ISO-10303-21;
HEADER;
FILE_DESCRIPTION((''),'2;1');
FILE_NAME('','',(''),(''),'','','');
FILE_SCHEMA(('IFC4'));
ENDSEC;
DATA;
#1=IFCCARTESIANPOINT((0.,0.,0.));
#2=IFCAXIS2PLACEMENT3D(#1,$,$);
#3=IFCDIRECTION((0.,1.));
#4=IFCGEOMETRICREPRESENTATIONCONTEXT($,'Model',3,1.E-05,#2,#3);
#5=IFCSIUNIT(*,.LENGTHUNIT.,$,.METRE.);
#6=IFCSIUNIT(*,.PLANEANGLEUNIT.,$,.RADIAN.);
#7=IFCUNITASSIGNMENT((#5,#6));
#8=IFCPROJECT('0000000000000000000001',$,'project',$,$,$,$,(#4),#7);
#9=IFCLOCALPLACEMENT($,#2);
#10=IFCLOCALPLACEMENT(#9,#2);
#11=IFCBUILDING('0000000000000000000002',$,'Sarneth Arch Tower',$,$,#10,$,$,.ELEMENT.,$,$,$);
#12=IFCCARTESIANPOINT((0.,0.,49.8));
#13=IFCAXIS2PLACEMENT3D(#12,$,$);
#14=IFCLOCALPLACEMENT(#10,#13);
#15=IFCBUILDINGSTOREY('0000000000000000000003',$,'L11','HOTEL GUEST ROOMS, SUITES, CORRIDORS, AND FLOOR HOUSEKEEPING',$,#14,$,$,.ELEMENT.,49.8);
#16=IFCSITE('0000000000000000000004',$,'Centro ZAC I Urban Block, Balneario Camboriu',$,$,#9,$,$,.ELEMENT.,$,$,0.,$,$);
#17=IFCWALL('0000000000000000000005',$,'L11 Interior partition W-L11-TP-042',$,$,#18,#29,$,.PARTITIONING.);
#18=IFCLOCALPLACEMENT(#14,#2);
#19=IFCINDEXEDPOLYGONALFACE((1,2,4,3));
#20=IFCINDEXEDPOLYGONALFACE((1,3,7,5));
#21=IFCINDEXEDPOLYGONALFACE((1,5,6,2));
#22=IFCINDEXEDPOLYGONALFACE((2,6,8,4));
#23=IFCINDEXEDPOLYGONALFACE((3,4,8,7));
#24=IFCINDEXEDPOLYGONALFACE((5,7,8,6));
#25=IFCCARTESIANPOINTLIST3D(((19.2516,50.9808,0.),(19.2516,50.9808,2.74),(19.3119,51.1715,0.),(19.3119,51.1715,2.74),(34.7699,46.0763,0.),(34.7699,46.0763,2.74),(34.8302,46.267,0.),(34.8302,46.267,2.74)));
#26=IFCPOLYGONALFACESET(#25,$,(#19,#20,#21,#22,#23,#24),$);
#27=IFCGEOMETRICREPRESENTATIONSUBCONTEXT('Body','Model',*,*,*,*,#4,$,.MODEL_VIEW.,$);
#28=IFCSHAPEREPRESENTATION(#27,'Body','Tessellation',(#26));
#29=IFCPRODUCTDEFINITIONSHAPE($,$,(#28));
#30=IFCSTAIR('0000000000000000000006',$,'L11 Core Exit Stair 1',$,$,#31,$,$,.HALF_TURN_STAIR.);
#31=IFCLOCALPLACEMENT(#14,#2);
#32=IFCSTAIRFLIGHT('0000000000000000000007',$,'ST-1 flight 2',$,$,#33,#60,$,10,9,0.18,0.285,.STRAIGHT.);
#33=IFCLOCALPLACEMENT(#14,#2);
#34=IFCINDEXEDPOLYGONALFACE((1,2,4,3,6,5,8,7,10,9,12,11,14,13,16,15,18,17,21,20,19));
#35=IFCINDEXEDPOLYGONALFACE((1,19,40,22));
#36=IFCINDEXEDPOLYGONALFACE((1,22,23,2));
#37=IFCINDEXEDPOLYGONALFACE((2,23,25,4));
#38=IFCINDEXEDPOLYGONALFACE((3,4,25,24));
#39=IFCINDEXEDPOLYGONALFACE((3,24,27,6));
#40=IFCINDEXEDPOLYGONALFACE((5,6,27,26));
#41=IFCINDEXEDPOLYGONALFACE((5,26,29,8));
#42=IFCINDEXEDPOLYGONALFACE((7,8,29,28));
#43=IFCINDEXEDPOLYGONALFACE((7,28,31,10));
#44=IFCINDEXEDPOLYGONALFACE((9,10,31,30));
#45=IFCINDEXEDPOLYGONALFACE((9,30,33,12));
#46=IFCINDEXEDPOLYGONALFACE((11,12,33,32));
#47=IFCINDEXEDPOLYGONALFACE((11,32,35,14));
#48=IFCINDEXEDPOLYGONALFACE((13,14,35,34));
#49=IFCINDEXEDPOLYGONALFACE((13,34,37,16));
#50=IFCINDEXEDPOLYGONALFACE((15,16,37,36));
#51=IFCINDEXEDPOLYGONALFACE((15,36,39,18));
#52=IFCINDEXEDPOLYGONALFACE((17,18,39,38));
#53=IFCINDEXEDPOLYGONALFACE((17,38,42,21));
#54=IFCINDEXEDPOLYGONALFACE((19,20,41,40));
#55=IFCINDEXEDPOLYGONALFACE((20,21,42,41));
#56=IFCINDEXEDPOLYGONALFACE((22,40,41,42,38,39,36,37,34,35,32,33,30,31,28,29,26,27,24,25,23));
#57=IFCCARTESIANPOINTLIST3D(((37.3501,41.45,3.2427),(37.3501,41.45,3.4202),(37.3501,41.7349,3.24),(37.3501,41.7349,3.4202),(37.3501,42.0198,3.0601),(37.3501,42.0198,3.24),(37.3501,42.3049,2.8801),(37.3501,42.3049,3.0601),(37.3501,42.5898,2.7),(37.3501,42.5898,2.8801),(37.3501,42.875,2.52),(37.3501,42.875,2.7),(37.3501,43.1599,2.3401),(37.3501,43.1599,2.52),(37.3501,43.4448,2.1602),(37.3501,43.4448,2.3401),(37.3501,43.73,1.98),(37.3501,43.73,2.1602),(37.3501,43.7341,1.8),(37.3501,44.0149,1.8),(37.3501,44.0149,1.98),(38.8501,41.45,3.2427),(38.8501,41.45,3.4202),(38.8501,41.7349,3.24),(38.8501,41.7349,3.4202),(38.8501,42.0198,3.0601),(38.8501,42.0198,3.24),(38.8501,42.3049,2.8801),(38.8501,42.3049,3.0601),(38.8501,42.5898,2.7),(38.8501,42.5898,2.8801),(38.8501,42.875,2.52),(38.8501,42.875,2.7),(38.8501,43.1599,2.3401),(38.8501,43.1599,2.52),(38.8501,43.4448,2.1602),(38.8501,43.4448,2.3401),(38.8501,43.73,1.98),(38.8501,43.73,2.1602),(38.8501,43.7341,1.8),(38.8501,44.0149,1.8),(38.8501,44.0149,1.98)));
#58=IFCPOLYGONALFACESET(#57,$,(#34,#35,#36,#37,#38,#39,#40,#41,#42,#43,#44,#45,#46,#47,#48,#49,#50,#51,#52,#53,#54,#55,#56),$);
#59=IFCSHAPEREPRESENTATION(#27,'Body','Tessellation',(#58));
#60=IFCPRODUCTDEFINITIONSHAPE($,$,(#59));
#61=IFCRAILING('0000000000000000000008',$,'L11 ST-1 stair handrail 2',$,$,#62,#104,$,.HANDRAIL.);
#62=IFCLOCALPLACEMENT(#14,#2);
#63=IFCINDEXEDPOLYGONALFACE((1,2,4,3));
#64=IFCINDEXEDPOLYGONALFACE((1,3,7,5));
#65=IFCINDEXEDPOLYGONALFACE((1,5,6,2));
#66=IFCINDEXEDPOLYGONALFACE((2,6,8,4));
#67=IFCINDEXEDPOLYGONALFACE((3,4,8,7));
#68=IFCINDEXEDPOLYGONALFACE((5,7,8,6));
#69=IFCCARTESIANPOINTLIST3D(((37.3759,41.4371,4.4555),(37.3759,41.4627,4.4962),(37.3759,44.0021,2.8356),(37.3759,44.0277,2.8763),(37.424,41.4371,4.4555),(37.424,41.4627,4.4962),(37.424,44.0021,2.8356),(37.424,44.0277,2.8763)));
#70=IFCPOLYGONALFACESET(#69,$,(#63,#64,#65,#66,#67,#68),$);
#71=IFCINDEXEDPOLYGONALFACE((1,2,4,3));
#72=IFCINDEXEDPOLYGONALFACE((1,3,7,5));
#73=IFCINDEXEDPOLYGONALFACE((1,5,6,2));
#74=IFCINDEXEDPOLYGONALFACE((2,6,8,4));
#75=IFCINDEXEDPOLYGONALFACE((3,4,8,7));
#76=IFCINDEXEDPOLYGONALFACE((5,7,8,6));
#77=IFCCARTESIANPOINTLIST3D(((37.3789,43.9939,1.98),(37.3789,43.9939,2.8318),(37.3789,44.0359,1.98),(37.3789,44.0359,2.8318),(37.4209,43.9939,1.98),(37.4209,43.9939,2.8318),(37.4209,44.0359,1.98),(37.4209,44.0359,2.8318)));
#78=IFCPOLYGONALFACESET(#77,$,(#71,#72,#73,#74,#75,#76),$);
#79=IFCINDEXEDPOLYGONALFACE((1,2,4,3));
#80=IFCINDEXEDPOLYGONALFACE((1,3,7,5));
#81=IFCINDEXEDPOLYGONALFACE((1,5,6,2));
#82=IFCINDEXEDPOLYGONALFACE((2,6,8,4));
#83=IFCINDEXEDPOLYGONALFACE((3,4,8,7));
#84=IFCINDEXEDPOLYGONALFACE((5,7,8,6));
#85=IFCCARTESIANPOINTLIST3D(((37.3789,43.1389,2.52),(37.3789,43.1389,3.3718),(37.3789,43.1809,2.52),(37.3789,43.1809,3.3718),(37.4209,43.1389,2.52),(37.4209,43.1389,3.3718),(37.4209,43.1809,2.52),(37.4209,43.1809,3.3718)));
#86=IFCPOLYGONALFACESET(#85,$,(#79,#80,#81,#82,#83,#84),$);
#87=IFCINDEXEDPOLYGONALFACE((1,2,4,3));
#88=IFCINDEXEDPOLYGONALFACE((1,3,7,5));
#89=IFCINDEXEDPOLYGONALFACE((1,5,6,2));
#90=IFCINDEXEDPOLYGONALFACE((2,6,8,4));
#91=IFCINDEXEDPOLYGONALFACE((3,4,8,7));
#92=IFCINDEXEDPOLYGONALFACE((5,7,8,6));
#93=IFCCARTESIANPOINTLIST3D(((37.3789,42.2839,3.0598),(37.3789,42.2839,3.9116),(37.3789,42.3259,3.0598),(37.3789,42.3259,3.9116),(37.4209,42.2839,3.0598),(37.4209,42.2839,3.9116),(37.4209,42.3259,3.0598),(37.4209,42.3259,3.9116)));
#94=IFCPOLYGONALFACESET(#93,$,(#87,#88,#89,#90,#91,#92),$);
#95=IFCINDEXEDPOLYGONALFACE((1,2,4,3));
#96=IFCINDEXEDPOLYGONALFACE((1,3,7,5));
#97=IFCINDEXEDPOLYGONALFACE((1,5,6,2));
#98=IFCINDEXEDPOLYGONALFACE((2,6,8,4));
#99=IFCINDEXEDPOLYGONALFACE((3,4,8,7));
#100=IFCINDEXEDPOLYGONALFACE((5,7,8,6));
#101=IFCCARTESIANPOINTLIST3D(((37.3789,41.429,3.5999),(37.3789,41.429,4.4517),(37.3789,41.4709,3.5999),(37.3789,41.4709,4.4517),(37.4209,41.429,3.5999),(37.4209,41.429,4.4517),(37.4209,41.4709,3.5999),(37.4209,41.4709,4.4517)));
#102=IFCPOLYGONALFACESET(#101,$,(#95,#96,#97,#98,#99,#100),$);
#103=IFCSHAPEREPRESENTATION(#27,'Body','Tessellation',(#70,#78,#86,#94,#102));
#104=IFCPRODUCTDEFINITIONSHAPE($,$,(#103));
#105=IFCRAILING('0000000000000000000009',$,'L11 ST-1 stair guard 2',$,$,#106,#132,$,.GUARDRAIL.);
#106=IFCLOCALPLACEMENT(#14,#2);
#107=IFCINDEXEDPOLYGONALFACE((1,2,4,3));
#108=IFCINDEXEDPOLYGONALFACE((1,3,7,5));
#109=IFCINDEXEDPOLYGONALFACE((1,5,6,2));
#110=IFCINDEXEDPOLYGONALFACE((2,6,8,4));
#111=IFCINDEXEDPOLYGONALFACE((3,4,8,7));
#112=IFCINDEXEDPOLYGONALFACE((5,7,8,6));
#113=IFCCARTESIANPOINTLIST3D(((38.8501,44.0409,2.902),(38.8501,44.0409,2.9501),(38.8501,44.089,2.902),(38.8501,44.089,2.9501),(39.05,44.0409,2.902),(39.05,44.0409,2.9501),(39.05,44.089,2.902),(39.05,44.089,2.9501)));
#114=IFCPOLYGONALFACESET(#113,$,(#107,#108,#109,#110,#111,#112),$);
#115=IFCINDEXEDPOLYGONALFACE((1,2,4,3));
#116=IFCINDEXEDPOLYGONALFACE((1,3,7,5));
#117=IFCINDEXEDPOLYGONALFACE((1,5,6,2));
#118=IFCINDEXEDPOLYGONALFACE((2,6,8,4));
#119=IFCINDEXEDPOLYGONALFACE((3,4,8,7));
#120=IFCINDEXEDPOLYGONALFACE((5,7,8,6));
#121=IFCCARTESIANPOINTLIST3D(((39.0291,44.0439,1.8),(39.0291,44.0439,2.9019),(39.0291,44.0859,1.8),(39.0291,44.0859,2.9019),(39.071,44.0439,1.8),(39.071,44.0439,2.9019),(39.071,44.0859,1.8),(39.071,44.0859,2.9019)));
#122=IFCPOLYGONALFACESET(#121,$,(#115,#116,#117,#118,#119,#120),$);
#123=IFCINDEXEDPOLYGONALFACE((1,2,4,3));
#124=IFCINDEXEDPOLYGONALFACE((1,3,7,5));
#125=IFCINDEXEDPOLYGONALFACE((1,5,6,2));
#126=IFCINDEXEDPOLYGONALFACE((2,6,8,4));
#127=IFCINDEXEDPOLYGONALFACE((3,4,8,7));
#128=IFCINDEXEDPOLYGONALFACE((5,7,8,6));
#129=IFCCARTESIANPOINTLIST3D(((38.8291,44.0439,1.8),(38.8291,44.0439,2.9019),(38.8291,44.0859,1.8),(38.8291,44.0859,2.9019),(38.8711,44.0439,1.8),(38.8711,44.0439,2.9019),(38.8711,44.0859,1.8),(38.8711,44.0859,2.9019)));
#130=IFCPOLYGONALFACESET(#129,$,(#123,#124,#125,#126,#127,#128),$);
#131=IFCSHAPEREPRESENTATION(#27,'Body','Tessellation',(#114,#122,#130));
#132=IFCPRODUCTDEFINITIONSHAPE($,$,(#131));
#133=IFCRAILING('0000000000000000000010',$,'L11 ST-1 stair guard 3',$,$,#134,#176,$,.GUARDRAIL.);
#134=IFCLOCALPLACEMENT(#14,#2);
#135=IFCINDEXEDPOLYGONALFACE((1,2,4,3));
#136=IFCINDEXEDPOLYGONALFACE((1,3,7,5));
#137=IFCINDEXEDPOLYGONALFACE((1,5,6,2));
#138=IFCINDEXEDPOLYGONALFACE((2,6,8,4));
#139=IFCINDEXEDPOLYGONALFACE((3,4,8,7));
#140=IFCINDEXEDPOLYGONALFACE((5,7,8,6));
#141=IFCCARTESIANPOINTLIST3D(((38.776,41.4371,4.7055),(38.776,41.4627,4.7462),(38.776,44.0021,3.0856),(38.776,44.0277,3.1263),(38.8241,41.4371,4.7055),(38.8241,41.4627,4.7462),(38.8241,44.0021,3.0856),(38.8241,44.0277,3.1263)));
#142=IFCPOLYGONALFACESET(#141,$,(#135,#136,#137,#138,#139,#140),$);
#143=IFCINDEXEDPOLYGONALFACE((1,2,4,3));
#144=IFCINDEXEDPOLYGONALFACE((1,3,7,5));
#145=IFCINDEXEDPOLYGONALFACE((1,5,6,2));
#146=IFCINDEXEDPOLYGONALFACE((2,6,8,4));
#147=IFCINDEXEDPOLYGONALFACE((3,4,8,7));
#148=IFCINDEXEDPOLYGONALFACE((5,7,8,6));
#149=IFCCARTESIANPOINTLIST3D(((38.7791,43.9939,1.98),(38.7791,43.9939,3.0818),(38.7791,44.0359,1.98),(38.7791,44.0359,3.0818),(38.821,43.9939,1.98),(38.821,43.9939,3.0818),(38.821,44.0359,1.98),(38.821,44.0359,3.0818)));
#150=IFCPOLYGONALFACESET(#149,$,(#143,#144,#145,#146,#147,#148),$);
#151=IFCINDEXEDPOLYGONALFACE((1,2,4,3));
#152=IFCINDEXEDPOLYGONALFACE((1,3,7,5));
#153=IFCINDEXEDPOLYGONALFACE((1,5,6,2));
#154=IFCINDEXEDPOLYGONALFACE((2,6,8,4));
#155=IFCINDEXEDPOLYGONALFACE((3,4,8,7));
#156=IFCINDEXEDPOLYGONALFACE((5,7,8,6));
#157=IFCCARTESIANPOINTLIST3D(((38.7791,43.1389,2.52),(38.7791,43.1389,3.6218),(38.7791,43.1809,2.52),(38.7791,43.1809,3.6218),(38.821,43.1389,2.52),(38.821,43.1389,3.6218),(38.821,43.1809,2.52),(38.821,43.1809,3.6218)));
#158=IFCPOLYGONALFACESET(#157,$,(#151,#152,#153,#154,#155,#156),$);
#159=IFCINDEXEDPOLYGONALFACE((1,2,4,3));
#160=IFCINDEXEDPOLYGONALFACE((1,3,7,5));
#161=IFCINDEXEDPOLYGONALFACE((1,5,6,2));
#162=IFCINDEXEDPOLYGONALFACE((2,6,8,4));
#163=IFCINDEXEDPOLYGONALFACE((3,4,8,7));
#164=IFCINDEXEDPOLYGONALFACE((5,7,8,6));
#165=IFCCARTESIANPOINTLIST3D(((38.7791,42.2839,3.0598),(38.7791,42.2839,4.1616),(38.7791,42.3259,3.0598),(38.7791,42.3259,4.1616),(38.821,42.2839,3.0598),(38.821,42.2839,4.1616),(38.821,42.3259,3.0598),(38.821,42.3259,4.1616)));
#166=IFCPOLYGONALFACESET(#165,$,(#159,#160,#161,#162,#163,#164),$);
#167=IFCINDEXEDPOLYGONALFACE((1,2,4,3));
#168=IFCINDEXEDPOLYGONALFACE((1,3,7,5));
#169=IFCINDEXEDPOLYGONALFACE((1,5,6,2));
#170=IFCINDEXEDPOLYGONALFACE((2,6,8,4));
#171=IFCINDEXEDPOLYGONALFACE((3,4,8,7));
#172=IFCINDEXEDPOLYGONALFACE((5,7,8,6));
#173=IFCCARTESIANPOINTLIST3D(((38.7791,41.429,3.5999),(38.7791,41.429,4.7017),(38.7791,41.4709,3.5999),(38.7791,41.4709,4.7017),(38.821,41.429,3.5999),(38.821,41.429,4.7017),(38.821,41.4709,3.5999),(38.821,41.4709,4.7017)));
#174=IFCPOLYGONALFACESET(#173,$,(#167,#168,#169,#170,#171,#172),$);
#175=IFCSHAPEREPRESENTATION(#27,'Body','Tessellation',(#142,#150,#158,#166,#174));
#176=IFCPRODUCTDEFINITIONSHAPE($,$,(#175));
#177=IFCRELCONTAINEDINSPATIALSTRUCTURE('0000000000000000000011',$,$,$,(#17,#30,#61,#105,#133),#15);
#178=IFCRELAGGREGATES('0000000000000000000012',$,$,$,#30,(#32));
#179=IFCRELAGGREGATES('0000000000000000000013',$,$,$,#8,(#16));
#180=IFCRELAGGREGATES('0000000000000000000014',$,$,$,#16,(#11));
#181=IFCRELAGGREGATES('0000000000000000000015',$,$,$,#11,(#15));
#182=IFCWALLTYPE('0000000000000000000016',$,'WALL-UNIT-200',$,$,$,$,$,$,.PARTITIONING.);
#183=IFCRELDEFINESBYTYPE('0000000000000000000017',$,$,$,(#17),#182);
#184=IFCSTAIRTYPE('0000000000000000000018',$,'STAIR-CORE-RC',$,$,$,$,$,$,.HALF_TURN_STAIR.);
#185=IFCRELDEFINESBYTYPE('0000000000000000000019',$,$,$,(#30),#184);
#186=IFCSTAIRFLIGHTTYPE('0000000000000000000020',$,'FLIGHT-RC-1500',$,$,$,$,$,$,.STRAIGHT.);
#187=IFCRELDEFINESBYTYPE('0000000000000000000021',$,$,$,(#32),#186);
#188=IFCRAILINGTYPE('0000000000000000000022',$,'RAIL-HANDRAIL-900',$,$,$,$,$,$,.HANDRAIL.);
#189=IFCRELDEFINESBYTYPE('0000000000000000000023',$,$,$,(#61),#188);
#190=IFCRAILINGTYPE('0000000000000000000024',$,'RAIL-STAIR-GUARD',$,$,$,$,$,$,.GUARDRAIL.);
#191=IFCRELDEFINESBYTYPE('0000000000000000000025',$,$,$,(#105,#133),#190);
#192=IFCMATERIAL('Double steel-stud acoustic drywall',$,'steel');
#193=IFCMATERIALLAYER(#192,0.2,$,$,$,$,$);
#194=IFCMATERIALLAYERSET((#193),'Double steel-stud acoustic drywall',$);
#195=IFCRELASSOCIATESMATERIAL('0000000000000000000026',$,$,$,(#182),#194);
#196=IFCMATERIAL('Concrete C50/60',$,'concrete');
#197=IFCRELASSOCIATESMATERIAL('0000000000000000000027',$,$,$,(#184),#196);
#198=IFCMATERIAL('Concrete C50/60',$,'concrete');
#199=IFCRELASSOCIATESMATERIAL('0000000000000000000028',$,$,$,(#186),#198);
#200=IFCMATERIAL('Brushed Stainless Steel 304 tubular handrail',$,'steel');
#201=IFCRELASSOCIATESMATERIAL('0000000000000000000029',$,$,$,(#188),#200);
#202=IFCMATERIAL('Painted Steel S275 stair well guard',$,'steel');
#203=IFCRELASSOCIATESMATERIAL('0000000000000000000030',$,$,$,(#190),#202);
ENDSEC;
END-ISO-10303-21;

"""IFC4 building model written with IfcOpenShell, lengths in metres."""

from ifc_helpers import new_model, si_unit, direction, frame, frame_2d, origin, origin_2d, place, context, subcontext, project, spatial, polyline, rectangle, outline, extrude, material, layer, layer_set, type_object, element, aggregate, save


model = new_model("IFC4")

# Units and contexts
model_context = context("Model", 3, precision=1e-05, world=origin(), true_north=direction((0.0, 1.0)))
body_context = subcontext(model_context, "Body", "Model", "MODEL_VIEW")
ifc_project = project(units=[si_unit("LENGTHUNIT", "METRE"), si_unit("PLANEANGLEUNIT", "RADIAN")], contexts=[model_context])

# Site, building, storey
site_placement = place(None, origin())
site = spatial("IfcSite", under=ifc_project, at=site_placement, Name="Centro ZAC I Urban Block, Balneario Camboriu", CompositionType="ELEMENT", RefElevation=0.0)
building_placement = place(site_placement, origin())
building = spatial("IfcBuilding", under=site, at=building_placement, Name="Sarneth Arch Tower", CompositionType="ELEMENT")
storey_placement = place(building_placement, frame((0.0, 0.0, 49.8)))
storey = spatial("IfcBuildingStorey", under=building, at=storey_placement, Name="L11", Description="HOTEL GUEST ROOMS, SUITES, CORRIDORS, AND FLOOR HOUSEKEEPING", CompositionType="ELEMENT", Elevation=49.8)

# Wall
ifc_material_1 = material(Name="Double steel-stud acoustic drywall", Category="steel")
ifc_layer_1 = layer(ifc_material_1, 0.2)
ifc_layer_set_1 = layer_set([ifc_layer_1], Name="Double steel-stud acoustic drywall")
wall_type_1 = type_object("IfcWallType", Name="WALL-UNIT-200", PredefinedType="PARTITIONING", material=ifc_layer_set_1)
wall_1_placement = place(storey_placement, frame((34.8, 46.1716, 0.0), z_axis=(0.0, 0.0, 1.0), x_axis=(-0.953512, 0.301356, 0.0)))
element("IfcWall", 1, at=wall_1_placement, inside=storey, type_object=wall_type_1, Name="L11 Interior partition W-L11-TP-042", PredefinedType="PARTITIONING", context=body_context, shape_type="SweptSolid", body=[
    extrude(rectangle(XDim=16.2749, YDim=0.2, at=frame_2d((8.1375, 0.0))), origin(), (0.0, 0.0, 1.0), 2.74),
])

# Stair, stair flight
ifc_material_2 = material(Name="Concrete C50/60", Category="concrete")
stair_type = type_object("IfcStairType", Name="STAIR-CORE-RC", PredefinedType="HALF_TURN_STAIR", material=ifc_material_2)
stair_placement = place(storey_placement, origin())
stair = element("IfcStair", 2, at=stair_placement, inside=storey, type_object=stair_type, Name="L11 Core Exit Stair 1", PredefinedType="HALF_TURN_STAIR")
ifc_material_3 = material(Name="Concrete C50/60", Category="concrete")
stair_flight_type = type_object("IfcStairFlightType", Name="FLIGHT-RC-1500", PredefinedType="STRAIGHT", material=ifc_material_3)
stair_flight_placement = place(storey_placement, frame((38.1001, 44.0149, 1.8), z_axis=(0.0, 0.0, 1.0), x_axis=(0.0, -1.0, 0.0)))
stair_flight = element("IfcStairFlight", 3, at=stair_flight_placement, type_object=stair_flight_type, Name="ST-1 flight 2", NumberOfRisers=10, NumberOfTreads=9, PredefinedType="STRAIGHT", RiserHeight=0.18, TreadLength=0.285, context=body_context, shape_type="SweptSolid", body=[
    extrude(outline(polyline([(0.0, 0.0), (0.0, 0.1799), (0.2849, 0.1799), (0.2849, 0.3601), (0.5701, 0.3601), (0.5701, 0.54), (0.855, 0.54), (0.855, 0.72), (1.1399, 0.72), (1.1399, 0.8999), (1.425, 0.8999), (1.425, 1.0801), (1.71, 1.0801), (1.71, 1.26), (1.9951, 1.26), (1.9951, 1.4399), (2.28, 1.4399), (2.28, 1.6201), (2.5649, 1.6201), (2.5649, 1.8), (2.5649, 1.4426), (0.2808, 0.0), (0.0, 0.0)])), frame((0.0, 0.75, 0.0), z_axis=(0.0, -1.0, 0.0), x_axis=(1.0, 0.0, 0.0)), (0.0, 0.0, 1.0), 1.5),
])
aggregate(stair, [stair_flight])

# Railings
ifc_material_4 = material(Name="Brushed Stainless Steel 304 tubular handrail", Category="steel")
railing_type_1 = type_object("IfcRailingType", Name="RAIL-HANDRAIL-900", PredefinedType="HANDRAIL", material=ifc_material_4)
railing_1_placement = place(storey_placement, frame((37.3999, 44.0149, 1.98)))
element("IfcRailing", 4, at=railing_1_placement, inside=storey, type_object=railing_type_1, Name="L11 ST-1 stair handrail 2", PredefinedType="HANDRAIL", context=body_context, shape_type="SweptSolid", body=[
    extrude(rectangle(XDim=0.0481, YDim=0.0481, at=origin_2d()), frame((0.0, 0.0, 0.876), z_axis=(0.0, -0.845502, 0.533972), x_axis=(1.0, 0.0, 0.0)), (0.0, 0.0, 1.0), 3.0337),
    extrude(rectangle(XDim=0.042, YDim=0.042, at=origin_2d()), origin(), (0.0, 0.0, 1.0), 0.8518),
    extrude(rectangle(XDim=0.042, YDim=0.042, at=origin_2d()), frame((0.0, -0.855, 0.54)), (0.0, 0.0, 1.0), 0.8518),
    extrude(rectangle(XDim=0.042, YDim=0.042, at=origin_2d()), frame((0.0, -1.71, 1.0798)), (0.0, 0.0, 1.0), 0.8518),
    extrude(rectangle(XDim=0.042, YDim=0.042, at=origin_2d()), frame((0.0, -2.5649, 1.6199)), (0.0, 0.0, 1.0), 0.8518),
])
ifc_material_5 = material(Name="Painted Steel S275 stair well guard", Category="steel")
railing_type_2 = type_object("IfcRailingType", Name="RAIL-STAIR-GUARD", PredefinedType="GUARDRAIL", material=ifc_material_5)
railing_2_placement = place(storey_placement, frame((39.05, 44.0649, 1.8)))
element("IfcRailing", 5, at=railing_2_placement, inside=storey, type_object=railing_type_2, Name="L11 ST-1 stair guard 2", PredefinedType="GUARDRAIL", context=body_context, shape_type="SweptSolid", body=[
    extrude(rectangle(XDim=0.0481, YDim=0.0481, at=origin_2d()), frame((0.0, 0.0, 1.126), z_axis=(-1.0, 0.0, 0.0), x_axis=(0.0, -1.0, 0.0)), (0.0, 0.0, 1.0), 0.2),
    extrude(rectangle(XDim=0.042, YDim=0.042, at=origin_2d()), origin(), (0.0, 0.0, 1.0), 1.1018),
    extrude(rectangle(XDim=0.042, YDim=0.042, at=origin_2d()), frame((-0.2, 0.0, 0.0)), (0.0, 0.0, 1.0), 1.1018),
])
railing_3_placement = place(storey_placement, frame((38.8, 44.0149, 1.98)))
element("IfcRailing", 6, at=railing_3_placement, inside=storey, type_object=railing_type_2, Name="L11 ST-1 stair guard 3", PredefinedType="GUARDRAIL", context=body_context, shape_type="SweptSolid", body=[
    extrude(rectangle(XDim=0.0481, YDim=0.0481, at=origin_2d()), frame((0.0, 0.0, 1.126), z_axis=(0.0, -0.845502, 0.533972), x_axis=(1.0, 0.0, 0.0)), (0.0, 0.0, 1.0), 3.0337),
    extrude(rectangle(XDim=0.042, YDim=0.042, at=origin_2d()), origin(), (0.0, 0.0, 1.0), 1.1018),
    extrude(rectangle(XDim=0.042, YDim=0.042, at=origin_2d()), frame((0.0, -0.855, 0.54)), (0.0, 0.0, 1.0), 1.1018),
    extrude(rectangle(XDim=0.042, YDim=0.042, at=origin_2d()), frame((0.0, -1.71, 1.0798)), (0.0, 0.0, 1.0), 1.1018),
    extrude(rectangle(XDim=0.042, YDim=0.042, at=origin_2d()), frame((0.0, -2.5649, 1.6199)), (0.0, 0.0, 1.0), 1.1018),
])

save(model, "model.ifc")
